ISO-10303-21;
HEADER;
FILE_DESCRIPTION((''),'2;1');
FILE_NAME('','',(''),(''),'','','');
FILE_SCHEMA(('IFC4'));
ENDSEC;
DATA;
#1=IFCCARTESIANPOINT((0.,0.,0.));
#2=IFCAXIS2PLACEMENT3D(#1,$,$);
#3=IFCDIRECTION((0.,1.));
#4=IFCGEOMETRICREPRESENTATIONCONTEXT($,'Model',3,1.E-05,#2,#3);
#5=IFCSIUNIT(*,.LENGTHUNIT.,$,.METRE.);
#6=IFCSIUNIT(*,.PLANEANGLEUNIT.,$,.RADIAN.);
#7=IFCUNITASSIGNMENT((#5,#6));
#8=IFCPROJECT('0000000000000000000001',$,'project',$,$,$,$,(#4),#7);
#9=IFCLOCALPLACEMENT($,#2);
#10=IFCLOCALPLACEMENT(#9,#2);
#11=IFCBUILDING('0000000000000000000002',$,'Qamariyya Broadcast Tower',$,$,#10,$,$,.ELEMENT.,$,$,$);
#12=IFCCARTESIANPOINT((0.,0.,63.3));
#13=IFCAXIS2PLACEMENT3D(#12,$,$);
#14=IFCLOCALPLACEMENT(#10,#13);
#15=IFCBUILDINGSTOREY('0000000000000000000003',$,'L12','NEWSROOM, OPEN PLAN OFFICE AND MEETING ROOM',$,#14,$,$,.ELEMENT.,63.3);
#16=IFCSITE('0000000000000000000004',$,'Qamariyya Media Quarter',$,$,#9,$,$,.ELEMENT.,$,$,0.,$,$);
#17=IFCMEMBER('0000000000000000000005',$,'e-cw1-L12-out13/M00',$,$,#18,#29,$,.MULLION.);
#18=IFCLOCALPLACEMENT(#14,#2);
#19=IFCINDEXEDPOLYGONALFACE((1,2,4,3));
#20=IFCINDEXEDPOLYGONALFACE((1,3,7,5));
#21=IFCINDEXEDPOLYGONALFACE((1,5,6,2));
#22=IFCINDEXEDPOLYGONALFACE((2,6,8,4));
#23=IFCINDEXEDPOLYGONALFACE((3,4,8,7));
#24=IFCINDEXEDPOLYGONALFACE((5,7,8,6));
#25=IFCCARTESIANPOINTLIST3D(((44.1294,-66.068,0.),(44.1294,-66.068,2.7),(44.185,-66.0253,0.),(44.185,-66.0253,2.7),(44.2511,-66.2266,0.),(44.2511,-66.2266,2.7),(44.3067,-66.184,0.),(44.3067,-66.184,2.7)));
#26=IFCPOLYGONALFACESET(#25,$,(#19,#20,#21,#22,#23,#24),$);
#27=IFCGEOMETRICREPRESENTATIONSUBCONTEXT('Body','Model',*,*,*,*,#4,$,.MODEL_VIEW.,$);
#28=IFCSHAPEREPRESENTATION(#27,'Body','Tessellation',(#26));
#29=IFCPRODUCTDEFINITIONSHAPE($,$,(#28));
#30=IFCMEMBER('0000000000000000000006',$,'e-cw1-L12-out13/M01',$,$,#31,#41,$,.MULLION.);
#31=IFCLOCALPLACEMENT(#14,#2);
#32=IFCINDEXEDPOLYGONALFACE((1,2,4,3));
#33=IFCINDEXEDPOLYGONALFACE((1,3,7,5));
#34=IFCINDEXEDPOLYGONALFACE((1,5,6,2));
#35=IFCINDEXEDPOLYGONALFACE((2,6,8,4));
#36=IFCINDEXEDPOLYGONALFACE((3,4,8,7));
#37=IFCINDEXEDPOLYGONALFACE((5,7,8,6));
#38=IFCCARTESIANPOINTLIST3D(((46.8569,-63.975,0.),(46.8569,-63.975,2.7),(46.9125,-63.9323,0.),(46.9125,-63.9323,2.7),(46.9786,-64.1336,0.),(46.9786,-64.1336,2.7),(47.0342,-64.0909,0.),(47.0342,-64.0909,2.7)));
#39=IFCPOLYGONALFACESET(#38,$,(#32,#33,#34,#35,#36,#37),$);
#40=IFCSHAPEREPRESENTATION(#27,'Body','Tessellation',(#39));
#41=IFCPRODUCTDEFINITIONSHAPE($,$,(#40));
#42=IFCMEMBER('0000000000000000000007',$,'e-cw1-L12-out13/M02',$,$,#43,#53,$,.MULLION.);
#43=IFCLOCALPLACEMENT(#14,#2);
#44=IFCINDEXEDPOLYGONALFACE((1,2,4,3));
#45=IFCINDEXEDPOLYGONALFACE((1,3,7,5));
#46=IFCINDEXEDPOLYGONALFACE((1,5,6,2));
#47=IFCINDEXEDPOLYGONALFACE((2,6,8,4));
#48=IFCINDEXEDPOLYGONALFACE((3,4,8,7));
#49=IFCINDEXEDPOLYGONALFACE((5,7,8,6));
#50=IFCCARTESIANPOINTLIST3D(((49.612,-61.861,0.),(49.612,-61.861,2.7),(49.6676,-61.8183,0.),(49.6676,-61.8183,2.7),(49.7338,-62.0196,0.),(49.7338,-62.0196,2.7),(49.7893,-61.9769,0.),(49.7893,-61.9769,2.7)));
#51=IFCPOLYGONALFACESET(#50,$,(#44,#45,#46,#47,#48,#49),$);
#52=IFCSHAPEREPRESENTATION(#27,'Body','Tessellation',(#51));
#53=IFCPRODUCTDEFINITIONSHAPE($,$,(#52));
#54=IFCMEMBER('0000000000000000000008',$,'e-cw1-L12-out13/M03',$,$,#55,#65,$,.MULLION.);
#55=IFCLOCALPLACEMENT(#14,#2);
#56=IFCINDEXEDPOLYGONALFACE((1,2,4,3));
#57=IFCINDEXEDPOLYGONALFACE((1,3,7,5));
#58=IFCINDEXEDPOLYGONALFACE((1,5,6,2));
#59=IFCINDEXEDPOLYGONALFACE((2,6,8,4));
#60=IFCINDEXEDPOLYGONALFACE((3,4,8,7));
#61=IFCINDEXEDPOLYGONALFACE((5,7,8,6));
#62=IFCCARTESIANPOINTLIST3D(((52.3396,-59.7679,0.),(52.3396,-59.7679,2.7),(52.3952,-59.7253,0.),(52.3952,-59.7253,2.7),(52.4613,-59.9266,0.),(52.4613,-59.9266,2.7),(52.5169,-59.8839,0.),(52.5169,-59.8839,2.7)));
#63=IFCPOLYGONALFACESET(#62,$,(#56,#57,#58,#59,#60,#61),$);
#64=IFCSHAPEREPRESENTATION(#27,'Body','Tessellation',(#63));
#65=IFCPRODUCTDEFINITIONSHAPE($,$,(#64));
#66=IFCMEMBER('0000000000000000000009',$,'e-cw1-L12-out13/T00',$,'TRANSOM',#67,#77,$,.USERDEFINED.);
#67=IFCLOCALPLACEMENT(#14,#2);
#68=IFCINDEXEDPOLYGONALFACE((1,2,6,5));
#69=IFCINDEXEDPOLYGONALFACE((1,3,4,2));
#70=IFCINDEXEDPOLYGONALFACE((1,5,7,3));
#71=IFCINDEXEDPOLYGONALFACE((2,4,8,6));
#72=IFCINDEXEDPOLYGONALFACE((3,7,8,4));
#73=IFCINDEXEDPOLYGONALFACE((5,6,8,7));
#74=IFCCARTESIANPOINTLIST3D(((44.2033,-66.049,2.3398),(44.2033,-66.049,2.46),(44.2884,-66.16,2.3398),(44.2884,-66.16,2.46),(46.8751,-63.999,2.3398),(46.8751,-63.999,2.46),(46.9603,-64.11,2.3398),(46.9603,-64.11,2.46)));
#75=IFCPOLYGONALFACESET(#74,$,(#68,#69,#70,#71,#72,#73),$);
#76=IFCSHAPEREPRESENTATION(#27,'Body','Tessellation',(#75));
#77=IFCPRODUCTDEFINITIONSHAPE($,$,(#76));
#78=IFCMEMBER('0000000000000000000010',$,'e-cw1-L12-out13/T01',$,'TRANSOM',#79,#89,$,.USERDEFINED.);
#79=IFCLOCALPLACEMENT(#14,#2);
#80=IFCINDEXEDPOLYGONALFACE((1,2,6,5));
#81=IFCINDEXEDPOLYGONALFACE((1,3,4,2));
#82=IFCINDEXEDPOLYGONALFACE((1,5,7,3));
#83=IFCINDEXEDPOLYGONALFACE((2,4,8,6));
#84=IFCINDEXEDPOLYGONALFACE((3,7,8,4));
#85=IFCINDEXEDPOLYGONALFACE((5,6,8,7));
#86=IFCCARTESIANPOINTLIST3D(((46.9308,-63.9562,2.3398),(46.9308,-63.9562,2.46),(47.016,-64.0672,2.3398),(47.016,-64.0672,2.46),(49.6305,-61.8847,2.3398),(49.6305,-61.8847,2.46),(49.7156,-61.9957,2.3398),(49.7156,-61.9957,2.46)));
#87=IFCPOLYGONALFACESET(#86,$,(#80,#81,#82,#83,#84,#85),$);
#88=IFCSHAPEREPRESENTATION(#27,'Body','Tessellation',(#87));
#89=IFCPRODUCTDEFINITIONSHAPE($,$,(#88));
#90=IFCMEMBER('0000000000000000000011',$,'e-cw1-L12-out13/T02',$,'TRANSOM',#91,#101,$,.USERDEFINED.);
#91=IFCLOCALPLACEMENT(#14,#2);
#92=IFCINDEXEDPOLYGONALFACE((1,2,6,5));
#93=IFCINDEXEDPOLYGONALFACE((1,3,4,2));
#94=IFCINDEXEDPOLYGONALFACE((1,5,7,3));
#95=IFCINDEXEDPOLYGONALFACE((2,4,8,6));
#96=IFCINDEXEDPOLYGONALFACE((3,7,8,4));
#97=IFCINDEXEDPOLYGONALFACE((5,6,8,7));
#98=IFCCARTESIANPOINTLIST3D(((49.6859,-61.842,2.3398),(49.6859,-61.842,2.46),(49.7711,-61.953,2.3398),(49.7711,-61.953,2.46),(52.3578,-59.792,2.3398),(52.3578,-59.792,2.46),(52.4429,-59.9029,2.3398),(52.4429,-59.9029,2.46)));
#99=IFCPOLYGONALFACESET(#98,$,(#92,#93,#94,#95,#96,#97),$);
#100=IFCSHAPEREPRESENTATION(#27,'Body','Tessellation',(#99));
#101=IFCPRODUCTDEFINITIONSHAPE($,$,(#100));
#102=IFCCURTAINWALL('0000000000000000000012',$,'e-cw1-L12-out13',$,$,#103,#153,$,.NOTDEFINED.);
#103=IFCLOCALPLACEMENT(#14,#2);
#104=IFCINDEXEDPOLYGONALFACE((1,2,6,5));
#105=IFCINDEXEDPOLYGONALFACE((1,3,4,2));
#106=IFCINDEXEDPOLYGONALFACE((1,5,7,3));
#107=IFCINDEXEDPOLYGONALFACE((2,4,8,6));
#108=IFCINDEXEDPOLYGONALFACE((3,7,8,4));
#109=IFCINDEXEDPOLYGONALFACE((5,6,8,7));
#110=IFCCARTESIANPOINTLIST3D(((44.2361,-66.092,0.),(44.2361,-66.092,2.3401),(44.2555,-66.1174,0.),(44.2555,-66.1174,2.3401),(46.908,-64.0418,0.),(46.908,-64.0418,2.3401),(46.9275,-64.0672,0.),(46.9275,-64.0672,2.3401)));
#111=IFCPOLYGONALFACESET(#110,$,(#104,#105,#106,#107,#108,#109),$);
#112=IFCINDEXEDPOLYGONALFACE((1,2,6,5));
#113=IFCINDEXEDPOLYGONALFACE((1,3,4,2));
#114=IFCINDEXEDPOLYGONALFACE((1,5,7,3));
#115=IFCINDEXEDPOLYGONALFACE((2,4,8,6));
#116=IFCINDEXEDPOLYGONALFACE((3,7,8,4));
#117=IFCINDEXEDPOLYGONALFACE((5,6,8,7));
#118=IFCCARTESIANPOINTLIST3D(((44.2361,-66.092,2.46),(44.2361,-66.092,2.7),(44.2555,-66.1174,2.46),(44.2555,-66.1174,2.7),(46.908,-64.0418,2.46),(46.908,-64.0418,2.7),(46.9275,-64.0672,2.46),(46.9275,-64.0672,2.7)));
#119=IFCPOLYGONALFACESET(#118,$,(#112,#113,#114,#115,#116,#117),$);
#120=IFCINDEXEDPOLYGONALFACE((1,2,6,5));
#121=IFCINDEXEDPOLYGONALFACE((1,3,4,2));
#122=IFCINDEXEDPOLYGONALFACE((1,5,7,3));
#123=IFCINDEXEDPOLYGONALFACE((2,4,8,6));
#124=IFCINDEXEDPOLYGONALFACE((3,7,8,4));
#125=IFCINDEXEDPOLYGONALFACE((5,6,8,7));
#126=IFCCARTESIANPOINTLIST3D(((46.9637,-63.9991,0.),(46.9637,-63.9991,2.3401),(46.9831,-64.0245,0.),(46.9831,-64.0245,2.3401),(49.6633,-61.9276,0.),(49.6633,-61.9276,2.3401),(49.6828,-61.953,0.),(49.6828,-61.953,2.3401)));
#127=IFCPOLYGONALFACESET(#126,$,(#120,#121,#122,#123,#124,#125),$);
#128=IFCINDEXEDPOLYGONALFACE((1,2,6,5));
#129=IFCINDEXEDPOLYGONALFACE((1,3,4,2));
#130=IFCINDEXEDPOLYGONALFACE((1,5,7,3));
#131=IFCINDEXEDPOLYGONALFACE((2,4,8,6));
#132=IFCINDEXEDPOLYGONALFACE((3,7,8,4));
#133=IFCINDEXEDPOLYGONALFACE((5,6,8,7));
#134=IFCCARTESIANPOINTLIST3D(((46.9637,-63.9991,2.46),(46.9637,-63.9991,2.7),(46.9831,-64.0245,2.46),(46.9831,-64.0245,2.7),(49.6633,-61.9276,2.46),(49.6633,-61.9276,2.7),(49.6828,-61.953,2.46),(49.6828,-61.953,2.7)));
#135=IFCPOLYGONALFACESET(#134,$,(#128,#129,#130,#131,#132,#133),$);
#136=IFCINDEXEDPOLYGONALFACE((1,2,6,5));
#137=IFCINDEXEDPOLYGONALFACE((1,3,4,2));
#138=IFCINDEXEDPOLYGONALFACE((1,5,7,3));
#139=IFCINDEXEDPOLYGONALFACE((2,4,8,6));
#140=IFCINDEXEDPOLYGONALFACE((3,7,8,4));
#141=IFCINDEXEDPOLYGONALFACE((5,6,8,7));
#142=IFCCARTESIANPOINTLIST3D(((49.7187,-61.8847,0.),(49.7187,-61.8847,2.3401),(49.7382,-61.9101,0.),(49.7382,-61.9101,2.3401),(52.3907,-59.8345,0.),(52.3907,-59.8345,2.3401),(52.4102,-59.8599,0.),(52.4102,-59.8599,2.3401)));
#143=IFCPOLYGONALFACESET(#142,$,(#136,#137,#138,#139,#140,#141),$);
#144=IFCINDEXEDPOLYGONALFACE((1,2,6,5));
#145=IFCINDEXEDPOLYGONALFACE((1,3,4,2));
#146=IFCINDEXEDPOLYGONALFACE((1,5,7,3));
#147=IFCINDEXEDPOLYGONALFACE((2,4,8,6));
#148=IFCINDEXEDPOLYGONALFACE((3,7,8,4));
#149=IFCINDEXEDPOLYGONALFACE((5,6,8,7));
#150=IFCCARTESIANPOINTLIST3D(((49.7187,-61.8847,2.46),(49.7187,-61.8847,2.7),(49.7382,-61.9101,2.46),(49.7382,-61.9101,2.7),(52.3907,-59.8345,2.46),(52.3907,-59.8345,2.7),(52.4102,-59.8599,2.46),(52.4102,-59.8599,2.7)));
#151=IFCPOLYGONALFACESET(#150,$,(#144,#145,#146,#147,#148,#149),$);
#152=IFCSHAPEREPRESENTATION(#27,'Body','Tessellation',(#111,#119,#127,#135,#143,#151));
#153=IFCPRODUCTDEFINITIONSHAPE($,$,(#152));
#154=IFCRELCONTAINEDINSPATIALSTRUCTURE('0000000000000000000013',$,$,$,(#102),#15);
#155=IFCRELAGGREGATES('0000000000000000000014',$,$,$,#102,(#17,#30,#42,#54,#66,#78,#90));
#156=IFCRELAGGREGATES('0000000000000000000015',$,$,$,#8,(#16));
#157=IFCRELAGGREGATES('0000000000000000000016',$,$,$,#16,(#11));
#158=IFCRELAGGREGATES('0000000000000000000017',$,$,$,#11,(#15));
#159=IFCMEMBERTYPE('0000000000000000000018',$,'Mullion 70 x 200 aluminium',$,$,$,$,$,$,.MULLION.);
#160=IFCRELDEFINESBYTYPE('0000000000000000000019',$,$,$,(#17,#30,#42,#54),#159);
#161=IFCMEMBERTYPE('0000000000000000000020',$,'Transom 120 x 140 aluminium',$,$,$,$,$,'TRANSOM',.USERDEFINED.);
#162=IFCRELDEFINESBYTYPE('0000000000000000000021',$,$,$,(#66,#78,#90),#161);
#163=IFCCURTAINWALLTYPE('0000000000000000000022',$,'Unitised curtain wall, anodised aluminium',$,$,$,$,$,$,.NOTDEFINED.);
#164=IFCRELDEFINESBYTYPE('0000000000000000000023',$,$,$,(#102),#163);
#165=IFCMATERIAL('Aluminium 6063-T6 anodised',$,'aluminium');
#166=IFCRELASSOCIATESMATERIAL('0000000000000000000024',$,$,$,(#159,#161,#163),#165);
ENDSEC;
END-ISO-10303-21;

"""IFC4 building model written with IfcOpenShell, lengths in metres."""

from ifc_helpers import new_model, si_unit, direction, frame, origin, origin_2d, place, context, subcontext, project, spatial, rectangle, extrude, material, material_profile, profile_set, type_object, element, aggregate, save


model = new_model("IFC4")

# Units and contexts
model_context = context("Model", 3, precision=1e-05, world=origin(), true_north=direction((0.0, 1.0)))
body_context = subcontext(model_context, "Body", "Model", "MODEL_VIEW")
ifc_project = project(units=[si_unit("LENGTHUNIT", "METRE"), si_unit("PLANEANGLEUNIT", "RADIAN")], contexts=[model_context])

# Members
ifc_material = material(Name="Aluminium 6063-T6 anodised", Category="aluminium")
ifc_material_profile_1 = material_profile(ifc_material, rectangle(XDim=0.2, YDim=0.0701, at=origin_2d()))
ifc_profile_set_1 = profile_set([ifc_material_profile_1], Name="Aluminium 6063-T6 anodised")
member_type_1 = type_object("IfcMemberType", Name="Mullion 70 x 200 aluminium", PredefinedType="MULLION", material=ifc_profile_set_1)
site_placement = place(None, origin())
building_placement = place(site_placement, origin())
storey_placement = place(building_placement, frame((0.0, 0.0, 63.3)))
member_1_placement = place(storey_placement, frame((44.218, -66.126, 0.0), z_axis=(0.0, 0.0, 1.0), x_axis=(-0.608761, 0.793353, 0.0)))
member_1 = element("IfcMember", 1, at=member_1_placement, type_object=member_type_1, Name="e-cw1-L12-out13/M00", PredefinedType="MULLION", context=body_context, shape_type="SweptSolid", body=[
    extrude(rectangle(XDim=0.2, YDim=0.0701, at=origin_2d()), origin(), (0.0, 0.0, 1.0), 2.7),
])
member_2_placement = place(storey_placement, frame((46.9456, -64.033, 0.0), z_axis=(0.0, 0.0, 1.0), x_axis=(-0.608761, 0.793353, 0.0)))
member_2 = element("IfcMember", 2, at=member_2_placement, type_object=member_type_1, Name="e-cw1-L12-out13/M01", PredefinedType="MULLION", context=body_context, shape_type="SweptSolid", body=[
    extrude(rectangle(XDim=0.2, YDim=0.0701, at=origin_2d()), origin(), (0.0, 0.0, 1.0), 2.7),
])
member_3_placement = place(storey_placement, frame((49.7007, -61.9189, 0.0), z_axis=(0.0, 0.0, 1.0), x_axis=(-0.608761, 0.793353, 0.0)))
member_3 = element("IfcMember", 3, at=member_3_placement, type_object=member_type_1, Name="e-cw1-L12-out13/M02", PredefinedType="MULLION", context=body_context, shape_type="SweptSolid", body=[
    extrude(rectangle(XDim=0.2, YDim=0.0701, at=origin_2d()), origin(), (0.0, 0.0, 1.0), 2.7),
])
member_4_placement = place(storey_placement, frame((52.4282, -59.8259, 0.0), z_axis=(0.0, 0.0, 1.0), x_axis=(-0.608761, 0.793353, 0.0)))
member_4 = element("IfcMember", 4, at=member_4_placement, type_object=member_type_1, Name="e-cw1-L12-out13/M03", PredefinedType="MULLION", context=body_context, shape_type="SweptSolid", body=[
    extrude(rectangle(XDim=0.2, YDim=0.0701, at=origin_2d()), origin(), (0.0, 0.0, 1.0), 2.7),
])
ifc_material_profile_2 = material_profile(ifc_material, rectangle(XDim=0.1399, YDim=0.1201, at=origin_2d()))
ifc_profile_set_2 = profile_set([ifc_material_profile_2], Name="Aluminium 6063-T6 anodised")
member_type_2 = type_object("IfcMemberType", Name="Transom 120 x 140 aluminium", ElementType="TRANSOM", PredefinedType="USERDEFINED", material=ifc_profile_set_2)
member_5_placement = place(storey_placement, frame((44.2458, -66.1045, 2.3999), z_axis=(0.793375, 0.608733, 0.0), x_axis=(-0.608733, 0.793375, 0.0)))
member_5 = element("IfcMember", 5, at=member_5_placement, type_object=member_type_2, Name="e-cw1-L12-out13/T00", ObjectType="TRANSOM", PredefinedType="USERDEFINED", context=body_context, shape_type="SweptSolid", body=[
    extrude(rectangle(XDim=0.1399, YDim=0.1201, at=origin_2d()), origin(), (0.0, 0.0, 1.0), 3.3677),
])
member_6_placement = place(storey_placement, frame((46.9734, -64.0117, 2.3999), z_axis=(0.793357, 0.608757, 0.0), x_axis=(-0.608757, 0.793357, 0.0)))
member_6 = element("IfcMember", 6, at=member_6_placement, type_object=member_type_2, Name="e-cw1-L12-out13/T01", ObjectType="TRANSOM", PredefinedType="USERDEFINED", context=body_context, shape_type="SweptSolid", body=[
    extrude(rectangle(XDim=0.1399, YDim=0.1201, at=origin_2d()), origin(), (0.0, 0.0, 1.0), 3.4028),
])
member_7_placement = place(storey_placement, frame((49.7285, -61.8975, 2.3999), z_axis=(0.793375, 0.608733, 0.0), x_axis=(-0.608733, 0.793375, 0.0)))
member_7 = element("IfcMember", 7, at=member_7_placement, type_object=member_type_2, Name="e-cw1-L12-out13/T02", ObjectType="TRANSOM", PredefinedType="USERDEFINED", context=body_context, shape_type="SweptSolid", body=[
    extrude(rectangle(XDim=0.1399, YDim=0.1201, at=origin_2d()), origin(), (0.0, 0.0, 1.0), 3.3677),
])

# Site, building, storey
site = spatial("IfcSite", under=ifc_project, at=site_placement, Name="Qamariyya Media Quarter", CompositionType="ELEMENT", RefElevation=0.0)
building = spatial("IfcBuilding", under=site, at=building_placement, Name="Qamariyya Broadcast Tower", CompositionType="ELEMENT")
storey = spatial("IfcBuildingStorey", under=building, at=storey_placement, Name="L12", Description="NEWSROOM, OPEN PLAN OFFICE AND MEETING ROOM", CompositionType="ELEMENT", Elevation=63.3)

# Curtain wall
curtain_wall_type = type_object("IfcCurtainWallType", Name="Unitised curtain wall, anodised aluminium", PredefinedType="NOTDEFINED", material=ifc_material)
curtain_wall_1_placement = place(storey_placement, origin())
curtain_wall_1 = element("IfcCurtainWall", 8, at=curtain_wall_1_placement, inside=storey, type_object=curtain_wall_type, Name="e-cw1-L12-out13", PredefinedType="NOTDEFINED", context=body_context, shape_type="SweptSolid", body=[
    extrude(rectangle(XDim=3.3679, YDim=0.032, at=origin_2d()), frame((45.5818, -65.0796, 0.0), x_axis=(0.793358, 0.608756, 0.0)), (0.0, 0.0, 1.0), 2.3401),
    extrude(rectangle(XDim=3.3679, YDim=0.032, at=origin_2d()), frame((45.5818, -65.0796, 2.46), x_axis=(0.793358, 0.608756, 0.0)), (0.0, 0.0, 1.0), 0.24),
    extrude(rectangle(XDim=3.4028, YDim=0.032, at=origin_2d()), frame((48.3232, -62.9761, 0.0), x_axis=(0.793358, 0.608756, 0.0)), (0.0, 0.0, 1.0), 2.3401),
    extrude(rectangle(XDim=3.4028, YDim=0.032, at=origin_2d()), frame((48.3232, -62.9761, 2.46), x_axis=(0.793358, 0.608756, 0.0)), (0.0, 0.0, 1.0), 0.24),
    extrude(rectangle(XDim=3.3679, YDim=0.032, at=origin_2d()), frame((51.0645, -60.8723, 0.0), x_axis=(0.793358, 0.608756, 0.0)), (0.0, 0.0, 1.0), 2.3401),
    extrude(rectangle(XDim=3.3679, YDim=0.032, at=origin_2d()), frame((51.0645, -60.8723, 2.46), x_axis=(0.793358, 0.608756, 0.0)), (0.0, 0.0, 1.0), 0.24),
])
aggregate(curtain_wall_1, [member_1, member_2, member_3, member_4, member_5, member_6, member_7])

save(model, "model.ifc")
